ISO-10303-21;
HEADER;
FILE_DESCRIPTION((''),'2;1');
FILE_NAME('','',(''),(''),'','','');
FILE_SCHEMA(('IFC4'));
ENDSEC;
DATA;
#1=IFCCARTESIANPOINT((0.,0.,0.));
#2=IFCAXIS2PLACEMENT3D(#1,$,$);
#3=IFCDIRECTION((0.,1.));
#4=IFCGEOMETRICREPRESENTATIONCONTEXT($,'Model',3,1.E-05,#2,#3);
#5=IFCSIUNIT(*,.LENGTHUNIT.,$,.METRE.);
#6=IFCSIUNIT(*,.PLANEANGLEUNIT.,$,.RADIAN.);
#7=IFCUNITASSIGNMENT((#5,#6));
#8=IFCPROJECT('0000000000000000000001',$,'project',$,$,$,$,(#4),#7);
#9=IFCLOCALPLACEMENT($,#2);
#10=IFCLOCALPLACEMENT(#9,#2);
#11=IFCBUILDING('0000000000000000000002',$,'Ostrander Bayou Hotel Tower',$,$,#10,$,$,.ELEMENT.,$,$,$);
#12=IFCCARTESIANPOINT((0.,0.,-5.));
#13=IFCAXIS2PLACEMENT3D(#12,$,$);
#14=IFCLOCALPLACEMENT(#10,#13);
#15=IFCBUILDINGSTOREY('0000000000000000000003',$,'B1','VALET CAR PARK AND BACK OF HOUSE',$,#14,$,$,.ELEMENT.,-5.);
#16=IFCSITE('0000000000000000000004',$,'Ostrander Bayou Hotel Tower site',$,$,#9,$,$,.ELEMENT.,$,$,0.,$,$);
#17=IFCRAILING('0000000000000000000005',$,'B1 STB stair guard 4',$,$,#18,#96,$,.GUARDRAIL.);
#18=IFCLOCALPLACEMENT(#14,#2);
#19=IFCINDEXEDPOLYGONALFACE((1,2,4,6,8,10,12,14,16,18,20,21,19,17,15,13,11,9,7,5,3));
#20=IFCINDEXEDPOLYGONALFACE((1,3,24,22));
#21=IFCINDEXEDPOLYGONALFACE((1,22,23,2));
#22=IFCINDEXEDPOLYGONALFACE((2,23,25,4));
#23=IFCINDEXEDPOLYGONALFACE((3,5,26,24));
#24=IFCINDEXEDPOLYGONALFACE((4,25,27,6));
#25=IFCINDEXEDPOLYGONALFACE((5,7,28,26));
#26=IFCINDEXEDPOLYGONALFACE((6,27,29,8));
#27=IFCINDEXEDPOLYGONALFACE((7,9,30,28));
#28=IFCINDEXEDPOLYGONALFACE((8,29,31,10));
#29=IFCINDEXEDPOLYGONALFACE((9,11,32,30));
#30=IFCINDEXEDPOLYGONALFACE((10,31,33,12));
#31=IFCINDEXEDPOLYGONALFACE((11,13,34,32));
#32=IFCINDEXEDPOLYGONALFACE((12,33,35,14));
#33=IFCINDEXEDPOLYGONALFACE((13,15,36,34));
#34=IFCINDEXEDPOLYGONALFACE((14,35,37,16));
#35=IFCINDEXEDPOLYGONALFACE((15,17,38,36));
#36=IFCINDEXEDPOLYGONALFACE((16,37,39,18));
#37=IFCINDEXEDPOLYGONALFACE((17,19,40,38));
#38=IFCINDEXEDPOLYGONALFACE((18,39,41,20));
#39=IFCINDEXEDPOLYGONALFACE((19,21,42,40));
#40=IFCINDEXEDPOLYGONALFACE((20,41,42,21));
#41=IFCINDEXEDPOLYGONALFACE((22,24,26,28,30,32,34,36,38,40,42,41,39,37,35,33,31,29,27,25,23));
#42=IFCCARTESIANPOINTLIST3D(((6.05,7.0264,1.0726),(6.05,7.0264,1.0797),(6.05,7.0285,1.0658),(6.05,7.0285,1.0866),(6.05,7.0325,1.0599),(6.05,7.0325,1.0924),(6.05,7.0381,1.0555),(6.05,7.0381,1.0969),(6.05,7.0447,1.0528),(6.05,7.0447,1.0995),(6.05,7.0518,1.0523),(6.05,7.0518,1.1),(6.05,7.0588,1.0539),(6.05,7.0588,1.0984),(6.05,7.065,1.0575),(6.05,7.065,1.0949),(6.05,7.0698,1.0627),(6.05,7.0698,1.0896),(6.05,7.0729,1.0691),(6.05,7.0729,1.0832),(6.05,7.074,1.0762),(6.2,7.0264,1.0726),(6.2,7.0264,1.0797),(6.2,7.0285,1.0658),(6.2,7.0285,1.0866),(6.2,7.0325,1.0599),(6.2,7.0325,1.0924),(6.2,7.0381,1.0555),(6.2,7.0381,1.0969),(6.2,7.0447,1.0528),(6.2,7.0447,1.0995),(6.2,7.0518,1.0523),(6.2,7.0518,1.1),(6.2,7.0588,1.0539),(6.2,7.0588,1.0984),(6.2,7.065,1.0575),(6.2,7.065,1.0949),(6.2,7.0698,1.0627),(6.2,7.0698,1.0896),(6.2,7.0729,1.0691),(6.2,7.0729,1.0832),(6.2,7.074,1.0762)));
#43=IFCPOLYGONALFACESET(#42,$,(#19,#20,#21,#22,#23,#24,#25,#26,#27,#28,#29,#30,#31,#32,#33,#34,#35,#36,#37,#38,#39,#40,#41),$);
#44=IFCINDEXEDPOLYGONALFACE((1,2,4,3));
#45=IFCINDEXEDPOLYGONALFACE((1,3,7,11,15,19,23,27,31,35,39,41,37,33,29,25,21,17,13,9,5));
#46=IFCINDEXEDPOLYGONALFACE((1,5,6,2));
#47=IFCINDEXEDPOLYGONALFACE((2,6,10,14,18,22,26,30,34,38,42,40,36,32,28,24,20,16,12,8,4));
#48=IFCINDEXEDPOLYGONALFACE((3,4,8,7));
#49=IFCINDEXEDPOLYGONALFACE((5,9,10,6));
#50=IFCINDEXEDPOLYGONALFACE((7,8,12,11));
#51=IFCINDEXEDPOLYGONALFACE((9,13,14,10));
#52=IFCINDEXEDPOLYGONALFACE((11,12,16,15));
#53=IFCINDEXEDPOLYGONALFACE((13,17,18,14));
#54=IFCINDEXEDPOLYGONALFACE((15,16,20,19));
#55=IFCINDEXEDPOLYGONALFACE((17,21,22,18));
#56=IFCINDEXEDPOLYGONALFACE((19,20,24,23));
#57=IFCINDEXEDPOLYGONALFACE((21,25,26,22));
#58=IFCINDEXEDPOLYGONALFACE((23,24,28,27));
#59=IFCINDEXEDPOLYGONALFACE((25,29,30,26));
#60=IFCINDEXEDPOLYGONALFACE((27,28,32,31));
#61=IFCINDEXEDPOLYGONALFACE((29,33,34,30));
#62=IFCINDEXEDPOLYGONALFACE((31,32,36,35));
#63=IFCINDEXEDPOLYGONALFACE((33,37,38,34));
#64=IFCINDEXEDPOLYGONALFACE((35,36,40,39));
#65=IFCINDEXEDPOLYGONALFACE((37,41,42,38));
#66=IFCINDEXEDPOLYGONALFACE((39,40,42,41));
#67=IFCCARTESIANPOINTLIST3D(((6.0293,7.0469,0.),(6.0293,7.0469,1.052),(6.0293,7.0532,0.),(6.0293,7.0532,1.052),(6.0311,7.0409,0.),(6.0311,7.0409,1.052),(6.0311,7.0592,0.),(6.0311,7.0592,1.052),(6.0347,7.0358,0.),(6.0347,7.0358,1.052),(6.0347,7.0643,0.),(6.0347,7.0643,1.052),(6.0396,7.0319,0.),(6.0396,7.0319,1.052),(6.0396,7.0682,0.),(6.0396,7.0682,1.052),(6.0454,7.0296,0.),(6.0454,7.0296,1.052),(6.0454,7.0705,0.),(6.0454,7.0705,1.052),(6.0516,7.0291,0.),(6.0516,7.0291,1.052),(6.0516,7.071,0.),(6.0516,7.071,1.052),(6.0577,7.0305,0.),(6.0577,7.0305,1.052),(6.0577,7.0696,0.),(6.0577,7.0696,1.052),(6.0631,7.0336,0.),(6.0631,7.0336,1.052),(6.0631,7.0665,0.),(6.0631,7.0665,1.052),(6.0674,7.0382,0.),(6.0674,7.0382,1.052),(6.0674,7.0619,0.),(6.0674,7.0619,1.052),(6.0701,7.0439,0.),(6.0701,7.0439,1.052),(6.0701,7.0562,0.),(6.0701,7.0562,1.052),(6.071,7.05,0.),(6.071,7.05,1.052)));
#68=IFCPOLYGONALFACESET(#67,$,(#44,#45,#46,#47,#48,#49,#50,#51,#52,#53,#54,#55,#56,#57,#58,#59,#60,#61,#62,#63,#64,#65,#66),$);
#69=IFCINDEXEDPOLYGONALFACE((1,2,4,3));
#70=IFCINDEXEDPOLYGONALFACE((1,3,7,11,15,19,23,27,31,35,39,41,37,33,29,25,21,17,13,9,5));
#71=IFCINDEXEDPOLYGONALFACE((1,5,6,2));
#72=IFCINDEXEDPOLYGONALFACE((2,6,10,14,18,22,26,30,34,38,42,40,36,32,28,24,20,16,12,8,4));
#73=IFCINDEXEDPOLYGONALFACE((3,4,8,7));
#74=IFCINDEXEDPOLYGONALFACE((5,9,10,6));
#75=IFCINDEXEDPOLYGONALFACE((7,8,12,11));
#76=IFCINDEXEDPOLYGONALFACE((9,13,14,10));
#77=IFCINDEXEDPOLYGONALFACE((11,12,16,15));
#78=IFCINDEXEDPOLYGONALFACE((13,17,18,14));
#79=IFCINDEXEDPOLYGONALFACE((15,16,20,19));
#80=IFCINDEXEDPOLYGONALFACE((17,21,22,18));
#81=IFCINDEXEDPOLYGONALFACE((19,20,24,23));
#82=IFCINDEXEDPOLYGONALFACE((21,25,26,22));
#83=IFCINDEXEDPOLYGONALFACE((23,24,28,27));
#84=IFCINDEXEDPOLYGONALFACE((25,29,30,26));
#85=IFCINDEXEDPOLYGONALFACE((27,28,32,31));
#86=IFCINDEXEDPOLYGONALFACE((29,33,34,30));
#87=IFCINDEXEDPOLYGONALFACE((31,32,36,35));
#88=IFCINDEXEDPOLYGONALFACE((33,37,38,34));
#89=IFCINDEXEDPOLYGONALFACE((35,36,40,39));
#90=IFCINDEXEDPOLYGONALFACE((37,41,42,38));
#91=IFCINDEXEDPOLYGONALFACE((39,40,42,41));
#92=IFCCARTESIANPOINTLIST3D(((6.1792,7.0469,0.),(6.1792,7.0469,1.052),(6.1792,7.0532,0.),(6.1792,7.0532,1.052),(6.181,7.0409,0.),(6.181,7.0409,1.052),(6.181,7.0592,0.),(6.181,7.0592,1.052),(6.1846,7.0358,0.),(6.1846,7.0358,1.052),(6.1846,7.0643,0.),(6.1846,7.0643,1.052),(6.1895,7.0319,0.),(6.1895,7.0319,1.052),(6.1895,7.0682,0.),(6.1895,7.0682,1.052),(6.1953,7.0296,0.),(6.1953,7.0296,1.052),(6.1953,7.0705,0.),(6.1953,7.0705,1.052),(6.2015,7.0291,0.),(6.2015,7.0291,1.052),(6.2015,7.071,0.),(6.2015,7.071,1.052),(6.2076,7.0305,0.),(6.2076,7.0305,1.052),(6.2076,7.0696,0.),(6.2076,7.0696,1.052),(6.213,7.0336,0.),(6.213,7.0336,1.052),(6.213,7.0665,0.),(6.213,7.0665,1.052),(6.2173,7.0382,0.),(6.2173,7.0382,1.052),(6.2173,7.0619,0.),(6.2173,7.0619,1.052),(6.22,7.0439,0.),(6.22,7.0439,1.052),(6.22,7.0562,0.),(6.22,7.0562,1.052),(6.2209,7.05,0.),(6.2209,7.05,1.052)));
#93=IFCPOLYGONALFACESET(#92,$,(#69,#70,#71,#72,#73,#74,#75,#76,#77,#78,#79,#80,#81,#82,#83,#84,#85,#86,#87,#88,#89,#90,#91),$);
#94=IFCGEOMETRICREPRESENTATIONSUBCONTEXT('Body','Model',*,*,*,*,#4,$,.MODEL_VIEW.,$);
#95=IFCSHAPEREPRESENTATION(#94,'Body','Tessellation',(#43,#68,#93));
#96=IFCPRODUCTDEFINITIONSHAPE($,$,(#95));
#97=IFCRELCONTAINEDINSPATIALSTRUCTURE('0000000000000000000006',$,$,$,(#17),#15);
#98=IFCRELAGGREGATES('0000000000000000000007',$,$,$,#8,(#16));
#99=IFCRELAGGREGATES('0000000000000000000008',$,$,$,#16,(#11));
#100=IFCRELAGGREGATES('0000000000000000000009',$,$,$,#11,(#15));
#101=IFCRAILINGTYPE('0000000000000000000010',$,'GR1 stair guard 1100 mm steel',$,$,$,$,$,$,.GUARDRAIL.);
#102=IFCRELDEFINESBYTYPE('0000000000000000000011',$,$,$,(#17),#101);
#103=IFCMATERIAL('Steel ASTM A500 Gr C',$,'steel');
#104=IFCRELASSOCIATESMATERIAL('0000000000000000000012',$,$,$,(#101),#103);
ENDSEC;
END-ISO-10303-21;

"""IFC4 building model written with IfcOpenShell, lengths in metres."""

from ifc_helpers import new_model, si_unit, direction, frame, origin, origin_2d, place, context, subcontext, project, spatial, circle, extrude, material, type_object, element, save


model = new_model("IFC4")

# Units and contexts
model_context = context("Model", 3, precision=1e-05, world=origin(), true_north=direction((0.0, 1.0)))
body_context = subcontext(model_context, "Body", "Model", "MODEL_VIEW")
ifc_project = project(units=[si_unit("LENGTHUNIT", "METRE"), si_unit("PLANEANGLEUNIT", "RADIAN")], contexts=[model_context])

# Site, building, storey
site_placement = place(None, origin())
site = spatial("IfcSite", under=ifc_project, at=site_placement, Name="Ostrander Bayou Hotel Tower site", CompositionType="ELEMENT", RefElevation=0.0)
building_placement = place(site_placement, origin())
building = spatial("IfcBuilding", under=site, at=building_placement, Name="Ostrander Bayou Hotel Tower", CompositionType="ELEMENT")
storey_placement = place(building_placement, frame((0.0, 0.0, -5.0)))
storey = spatial("IfcBuildingStorey", under=building, at=storey_placement, Name="B1", Description="VALET CAR PARK AND BACK OF HOUSE", CompositionType="ELEMENT", Elevation=-5.0)

# Railing
ifc_material_1 = material(Name="Steel ASTM A500 Gr C", Category="steel")
railing_type_1 = type_object("IfcRailingType", Name="GR1 stair guard 1100 mm steel", PredefinedType="GUARDRAIL", material=ifc_material_1)
railing_1_placement = place(storey_placement, frame((6.05, 7.05, 0.0)))
element("IfcRailing", 1, at=railing_1_placement, inside=storey, type_object=railing_type_1, Name="B1 STB stair guard 4", PredefinedType="GUARDRAIL", context=body_context, shape_type="SweptSolid", body=[
    extrude(circle(Radius=0.0239, at=origin_2d()), frame((0.0, 0.0, 1.0762), z_axis=(1.0, 0.0, 0.0), x_axis=(0.0, 1.0, 0.0)), (0.0, 0.0, 1.0), 0.1499),
    extrude(circle(Radius=0.021, at=origin_2d()), origin(), (0.0, 0.0, 1.0), 1.052),
    extrude(circle(Radius=0.021, at=origin_2d()), frame((0.1499, 0.0, 0.0)), (0.0, 0.0, 1.0), 1.052),
])

save(model, "model.ifc")
